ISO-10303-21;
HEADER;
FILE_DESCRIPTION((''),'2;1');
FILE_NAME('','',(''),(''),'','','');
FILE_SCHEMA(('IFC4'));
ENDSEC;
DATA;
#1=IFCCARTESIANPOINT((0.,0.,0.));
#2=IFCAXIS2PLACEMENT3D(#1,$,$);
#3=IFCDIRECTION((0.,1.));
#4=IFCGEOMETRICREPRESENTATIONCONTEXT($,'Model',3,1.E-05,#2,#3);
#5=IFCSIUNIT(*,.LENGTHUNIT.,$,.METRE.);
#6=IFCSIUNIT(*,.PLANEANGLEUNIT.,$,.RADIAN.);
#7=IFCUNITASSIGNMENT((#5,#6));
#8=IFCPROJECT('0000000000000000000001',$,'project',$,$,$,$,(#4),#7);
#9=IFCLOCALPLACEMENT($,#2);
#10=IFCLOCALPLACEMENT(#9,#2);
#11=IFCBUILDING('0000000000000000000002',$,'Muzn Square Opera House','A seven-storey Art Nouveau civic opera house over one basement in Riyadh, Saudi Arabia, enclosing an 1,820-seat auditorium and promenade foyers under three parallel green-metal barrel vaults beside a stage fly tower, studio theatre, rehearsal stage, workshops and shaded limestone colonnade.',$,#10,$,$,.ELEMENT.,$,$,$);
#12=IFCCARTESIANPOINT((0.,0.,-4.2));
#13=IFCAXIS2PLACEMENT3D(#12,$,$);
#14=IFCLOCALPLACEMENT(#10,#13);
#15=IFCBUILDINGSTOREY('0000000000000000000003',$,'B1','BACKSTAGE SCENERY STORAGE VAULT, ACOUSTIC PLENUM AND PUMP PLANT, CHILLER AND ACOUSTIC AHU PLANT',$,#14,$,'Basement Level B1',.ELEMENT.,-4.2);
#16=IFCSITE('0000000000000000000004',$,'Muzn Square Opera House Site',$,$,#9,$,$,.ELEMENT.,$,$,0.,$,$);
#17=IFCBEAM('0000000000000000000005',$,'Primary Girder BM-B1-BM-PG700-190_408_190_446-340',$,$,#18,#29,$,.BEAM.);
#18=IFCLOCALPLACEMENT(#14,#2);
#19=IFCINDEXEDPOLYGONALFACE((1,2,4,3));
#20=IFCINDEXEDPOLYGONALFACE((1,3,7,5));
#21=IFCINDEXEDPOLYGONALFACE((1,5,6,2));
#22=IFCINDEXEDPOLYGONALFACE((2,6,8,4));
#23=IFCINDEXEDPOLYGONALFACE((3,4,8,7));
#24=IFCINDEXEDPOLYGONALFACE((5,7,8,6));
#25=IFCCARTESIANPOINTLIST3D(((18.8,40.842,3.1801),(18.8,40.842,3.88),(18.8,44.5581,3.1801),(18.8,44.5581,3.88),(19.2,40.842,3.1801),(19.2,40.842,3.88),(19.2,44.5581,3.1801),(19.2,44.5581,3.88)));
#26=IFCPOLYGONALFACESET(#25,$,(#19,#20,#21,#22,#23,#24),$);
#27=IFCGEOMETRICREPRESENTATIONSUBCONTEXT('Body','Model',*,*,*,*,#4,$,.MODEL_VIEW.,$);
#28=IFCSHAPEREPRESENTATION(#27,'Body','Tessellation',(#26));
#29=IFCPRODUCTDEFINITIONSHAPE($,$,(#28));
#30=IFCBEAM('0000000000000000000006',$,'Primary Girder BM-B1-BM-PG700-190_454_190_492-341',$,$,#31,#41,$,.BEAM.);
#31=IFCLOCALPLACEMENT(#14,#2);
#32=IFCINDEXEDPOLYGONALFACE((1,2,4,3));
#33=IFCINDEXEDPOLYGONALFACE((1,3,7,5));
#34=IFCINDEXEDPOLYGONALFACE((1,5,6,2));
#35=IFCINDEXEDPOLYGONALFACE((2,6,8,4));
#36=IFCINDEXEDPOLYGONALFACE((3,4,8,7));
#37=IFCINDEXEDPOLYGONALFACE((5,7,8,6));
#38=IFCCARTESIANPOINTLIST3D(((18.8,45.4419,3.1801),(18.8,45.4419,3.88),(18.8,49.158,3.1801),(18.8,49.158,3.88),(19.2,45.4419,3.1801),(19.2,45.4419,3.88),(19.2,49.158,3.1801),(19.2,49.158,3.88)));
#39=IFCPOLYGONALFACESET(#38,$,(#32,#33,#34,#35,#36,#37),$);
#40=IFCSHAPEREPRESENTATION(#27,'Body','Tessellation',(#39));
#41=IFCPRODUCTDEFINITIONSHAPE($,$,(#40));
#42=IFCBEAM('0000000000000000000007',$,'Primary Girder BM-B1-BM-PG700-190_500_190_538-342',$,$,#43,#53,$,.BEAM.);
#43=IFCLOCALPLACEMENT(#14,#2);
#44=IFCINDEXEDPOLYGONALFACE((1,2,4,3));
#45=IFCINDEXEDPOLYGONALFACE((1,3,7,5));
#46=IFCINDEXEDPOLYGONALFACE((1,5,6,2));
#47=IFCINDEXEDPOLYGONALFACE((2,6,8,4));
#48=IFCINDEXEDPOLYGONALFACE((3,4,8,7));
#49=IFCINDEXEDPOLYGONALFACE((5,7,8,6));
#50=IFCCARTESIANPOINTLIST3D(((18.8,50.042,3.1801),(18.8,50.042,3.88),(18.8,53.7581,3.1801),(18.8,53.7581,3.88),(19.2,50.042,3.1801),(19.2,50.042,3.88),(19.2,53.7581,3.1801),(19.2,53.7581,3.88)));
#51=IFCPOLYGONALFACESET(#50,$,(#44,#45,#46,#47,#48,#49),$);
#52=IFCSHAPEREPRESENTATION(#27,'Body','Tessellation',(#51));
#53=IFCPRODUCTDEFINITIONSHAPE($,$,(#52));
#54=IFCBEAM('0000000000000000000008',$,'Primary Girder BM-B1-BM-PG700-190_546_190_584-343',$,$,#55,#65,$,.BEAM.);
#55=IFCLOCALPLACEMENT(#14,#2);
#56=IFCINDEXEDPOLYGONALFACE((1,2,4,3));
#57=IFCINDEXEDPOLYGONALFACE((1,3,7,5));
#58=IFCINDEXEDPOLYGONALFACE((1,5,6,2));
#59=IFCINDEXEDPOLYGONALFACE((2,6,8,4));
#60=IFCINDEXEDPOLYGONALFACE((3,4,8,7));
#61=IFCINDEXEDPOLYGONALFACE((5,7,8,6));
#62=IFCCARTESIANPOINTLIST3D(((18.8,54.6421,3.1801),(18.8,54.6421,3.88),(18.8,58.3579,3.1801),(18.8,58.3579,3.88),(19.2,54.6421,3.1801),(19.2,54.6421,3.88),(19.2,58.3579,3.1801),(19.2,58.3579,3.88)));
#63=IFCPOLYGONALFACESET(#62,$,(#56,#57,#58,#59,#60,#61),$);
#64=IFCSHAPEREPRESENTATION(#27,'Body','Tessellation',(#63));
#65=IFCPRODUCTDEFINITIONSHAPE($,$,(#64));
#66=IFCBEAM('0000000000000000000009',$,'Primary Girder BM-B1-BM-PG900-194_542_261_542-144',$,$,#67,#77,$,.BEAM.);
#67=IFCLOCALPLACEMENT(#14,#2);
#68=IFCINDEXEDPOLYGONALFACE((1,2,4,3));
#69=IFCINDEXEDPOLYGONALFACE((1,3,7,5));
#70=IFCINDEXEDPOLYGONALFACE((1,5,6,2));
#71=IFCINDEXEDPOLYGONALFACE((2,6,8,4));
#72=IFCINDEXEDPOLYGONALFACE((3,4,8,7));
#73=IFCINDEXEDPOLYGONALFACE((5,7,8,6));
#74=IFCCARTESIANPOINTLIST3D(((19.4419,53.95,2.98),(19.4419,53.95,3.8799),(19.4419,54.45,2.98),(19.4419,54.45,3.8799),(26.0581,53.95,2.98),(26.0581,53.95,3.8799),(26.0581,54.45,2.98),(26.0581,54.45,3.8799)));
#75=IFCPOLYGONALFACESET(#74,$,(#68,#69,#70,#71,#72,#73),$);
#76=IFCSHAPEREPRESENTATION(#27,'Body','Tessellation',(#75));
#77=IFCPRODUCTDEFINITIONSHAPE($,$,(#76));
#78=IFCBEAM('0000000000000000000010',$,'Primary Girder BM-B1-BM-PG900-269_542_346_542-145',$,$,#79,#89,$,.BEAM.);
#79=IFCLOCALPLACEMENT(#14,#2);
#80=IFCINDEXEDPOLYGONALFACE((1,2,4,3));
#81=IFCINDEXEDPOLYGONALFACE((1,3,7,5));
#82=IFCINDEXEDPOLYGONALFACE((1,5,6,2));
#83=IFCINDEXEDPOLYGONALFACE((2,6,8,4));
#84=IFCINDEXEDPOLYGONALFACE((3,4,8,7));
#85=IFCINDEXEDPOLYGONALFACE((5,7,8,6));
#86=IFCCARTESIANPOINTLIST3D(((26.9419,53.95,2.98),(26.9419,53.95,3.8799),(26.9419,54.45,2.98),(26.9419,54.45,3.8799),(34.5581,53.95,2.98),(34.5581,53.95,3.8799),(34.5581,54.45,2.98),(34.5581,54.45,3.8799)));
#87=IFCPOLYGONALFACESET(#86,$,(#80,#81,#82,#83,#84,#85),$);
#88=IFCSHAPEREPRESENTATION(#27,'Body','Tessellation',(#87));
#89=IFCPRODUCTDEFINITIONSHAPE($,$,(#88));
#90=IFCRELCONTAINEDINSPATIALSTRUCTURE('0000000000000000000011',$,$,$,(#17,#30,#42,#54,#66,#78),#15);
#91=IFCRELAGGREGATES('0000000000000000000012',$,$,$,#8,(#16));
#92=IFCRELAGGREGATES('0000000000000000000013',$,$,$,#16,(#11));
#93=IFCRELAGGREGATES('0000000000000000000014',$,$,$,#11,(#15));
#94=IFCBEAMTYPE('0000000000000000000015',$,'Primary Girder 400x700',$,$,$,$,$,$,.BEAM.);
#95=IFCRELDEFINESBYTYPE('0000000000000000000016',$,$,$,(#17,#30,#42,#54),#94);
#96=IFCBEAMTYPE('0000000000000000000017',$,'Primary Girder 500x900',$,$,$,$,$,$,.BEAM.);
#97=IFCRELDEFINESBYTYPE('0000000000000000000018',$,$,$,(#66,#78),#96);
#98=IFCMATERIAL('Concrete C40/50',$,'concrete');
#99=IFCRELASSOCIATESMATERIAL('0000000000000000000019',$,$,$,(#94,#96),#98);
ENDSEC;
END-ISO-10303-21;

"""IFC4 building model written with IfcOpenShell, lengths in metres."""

from ifc_helpers import new_model, si_unit, direction, frame, origin, origin_2d, place, context, subcontext, project, spatial, rectangle, extrude, material, material_profile, profile_set, type_object, element, save


model = new_model("IFC4")

# Units and contexts
model_context = context("Model", 3, precision=1e-05, world=origin(), true_north=direction((0.0, 1.0)))
body_context = subcontext(model_context, "Body", "Model", "MODEL_VIEW")
ifc_project = project(units=[si_unit("LENGTHUNIT", "METRE"), si_unit("PLANEANGLEUNIT", "RADIAN")], contexts=[model_context])

# Site, building, storey
site_placement = place(None, origin())
site = spatial("IfcSite", under=ifc_project, at=site_placement, Name="Muzn Square Opera House Site", CompositionType="ELEMENT", RefElevation=0.0)
building_placement = place(site_placement, origin())
building = spatial("IfcBuilding", under=site, at=building_placement, Name="Muzn Square Opera House", Description="A seven-storey Art Nouveau civic opera house over one basement in Riyadh, Saudi Arabia, enclosing an 1,820-seat auditorium and promenade foyers under three parallel green-metal barrel vaults beside a stage fly tower, studio theatre, rehearsal stage, workshops and shaded limestone colonnade.", CompositionType="ELEMENT")
storey_placement = place(building_placement, frame((0.0, 0.0, -4.2)))
storey = spatial("IfcBuildingStorey", under=building, at=storey_placement, Name="B1", Description="BACKSTAGE SCENERY STORAGE VAULT, ACOUSTIC PLENUM AND PUMP PLANT, CHILLER AND ACOUSTIC AHU PLANT", LongName="Basement Level B1", CompositionType="ELEMENT", Elevation=-4.2)

# Shared definitions
ifc_material_1 = material(Name="Concrete C40/50", Category="concrete")

# Beams
ifc_material_profile_1 = material_profile(ifc_material_1, rectangle(XDim=0.3999, YDim=0.7, at=origin_2d()), Name="RCB 400x700", Category="concrete")
ifc_profile_set_1 = profile_set([ifc_material_profile_1], Name="Concrete C40/50")
beam_type_1 = type_object("IfcBeamType", Name="Primary Girder 400x700", PredefinedType="BEAM", material=ifc_profile_set_1)
for number, where, z_axis, x_axis, name in (
    (1, (19.0, 40.842, 3.53), (0.0, 1.0, 0.0), (-1.0, 0.0, 0.0), "Primary Girder BM-B1-BM-PG700-190_408_190_446-340"),
    (2, (19.0, 45.4419, 3.53), (0.0, 1.0, 0.0), (-1.0, 0.0, 0.0), "Primary Girder BM-B1-BM-PG700-190_454_190_492-341"),
    (3, (19.0, 50.042, 3.53), (0.0, 1.0, 0.0), (-1.0, 0.0, 0.0), "Primary Girder BM-B1-BM-PG700-190_500_190_538-342"),
):
    element("IfcBeam", number, at=place(storey_placement, frame(where, z_axis=z_axis, x_axis=x_axis)), inside=storey, type_object=beam_type_1, Name=name, PredefinedType="BEAM", context=body_context, shape_type="SweptSolid", body=[
        extrude(rectangle(XDim=0.3999, YDim=0.7, at=origin_2d()), origin(), (0.0, 0.0, 1.0), 3.7161),
    ])
beam_1_placement = place(storey_placement, frame((19.0, 54.6421, 3.53), z_axis=(0.0, 1.0, 0.0), x_axis=(-1.0, 0.0, 0.0)))
element("IfcBeam", 4, at=beam_1_placement, inside=storey, type_object=beam_type_1, Name="Primary Girder BM-B1-BM-PG700-190_546_190_584-343", PredefinedType="BEAM", context=body_context, shape_type="SweptSolid", body=[
    extrude(rectangle(XDim=0.3999, YDim=0.7, at=origin_2d()), origin(), (0.0, 0.0, 1.0), 3.7158),
])
ifc_material_profile_2 = material_profile(ifc_material_1, rectangle(XDim=0.5, YDim=0.8999, at=origin_2d()), Name="RCB 500x900", Category="concrete")
ifc_profile_set_2 = profile_set([ifc_material_profile_2], Name="Concrete C40/50")
beam_type_2 = type_object("IfcBeamType", Name="Primary Girder 500x900", PredefinedType="BEAM", material=ifc_profile_set_2)
beam_2_placement = place(storey_placement, frame((19.4419, 54.2, 3.4299), z_axis=(1.0, 0.0, 0.0), x_axis=(0.0, 1.0, 0.0)))
element("IfcBeam", 5, at=beam_2_placement, inside=storey, type_object=beam_type_2, Name="Primary Girder BM-B1-BM-PG900-194_542_261_542-144", PredefinedType="BEAM", context=body_context, shape_type="SweptSolid", body=[
    extrude(rectangle(XDim=0.5, YDim=0.8999, at=origin_2d()), origin(), (0.0, 0.0, 1.0), 6.6162),
])
beam_3_placement = place(storey_placement, frame((26.9419, 54.2, 3.4299), z_axis=(1.0, 0.0, 0.0), x_axis=(0.0, 1.0, 0.0)))
element("IfcBeam", 6, at=beam_3_placement, inside=storey, type_object=beam_type_2, Name="Primary Girder BM-B1-BM-PG900-269_542_346_542-145", PredefinedType="BEAM", context=body_context, shape_type="SweptSolid", body=[
    extrude(rectangle(XDim=0.5, YDim=0.8999, at=origin_2d()), origin(), (0.0, 0.0, 1.0), 7.6162),
])

save(model, "model.ifc")
